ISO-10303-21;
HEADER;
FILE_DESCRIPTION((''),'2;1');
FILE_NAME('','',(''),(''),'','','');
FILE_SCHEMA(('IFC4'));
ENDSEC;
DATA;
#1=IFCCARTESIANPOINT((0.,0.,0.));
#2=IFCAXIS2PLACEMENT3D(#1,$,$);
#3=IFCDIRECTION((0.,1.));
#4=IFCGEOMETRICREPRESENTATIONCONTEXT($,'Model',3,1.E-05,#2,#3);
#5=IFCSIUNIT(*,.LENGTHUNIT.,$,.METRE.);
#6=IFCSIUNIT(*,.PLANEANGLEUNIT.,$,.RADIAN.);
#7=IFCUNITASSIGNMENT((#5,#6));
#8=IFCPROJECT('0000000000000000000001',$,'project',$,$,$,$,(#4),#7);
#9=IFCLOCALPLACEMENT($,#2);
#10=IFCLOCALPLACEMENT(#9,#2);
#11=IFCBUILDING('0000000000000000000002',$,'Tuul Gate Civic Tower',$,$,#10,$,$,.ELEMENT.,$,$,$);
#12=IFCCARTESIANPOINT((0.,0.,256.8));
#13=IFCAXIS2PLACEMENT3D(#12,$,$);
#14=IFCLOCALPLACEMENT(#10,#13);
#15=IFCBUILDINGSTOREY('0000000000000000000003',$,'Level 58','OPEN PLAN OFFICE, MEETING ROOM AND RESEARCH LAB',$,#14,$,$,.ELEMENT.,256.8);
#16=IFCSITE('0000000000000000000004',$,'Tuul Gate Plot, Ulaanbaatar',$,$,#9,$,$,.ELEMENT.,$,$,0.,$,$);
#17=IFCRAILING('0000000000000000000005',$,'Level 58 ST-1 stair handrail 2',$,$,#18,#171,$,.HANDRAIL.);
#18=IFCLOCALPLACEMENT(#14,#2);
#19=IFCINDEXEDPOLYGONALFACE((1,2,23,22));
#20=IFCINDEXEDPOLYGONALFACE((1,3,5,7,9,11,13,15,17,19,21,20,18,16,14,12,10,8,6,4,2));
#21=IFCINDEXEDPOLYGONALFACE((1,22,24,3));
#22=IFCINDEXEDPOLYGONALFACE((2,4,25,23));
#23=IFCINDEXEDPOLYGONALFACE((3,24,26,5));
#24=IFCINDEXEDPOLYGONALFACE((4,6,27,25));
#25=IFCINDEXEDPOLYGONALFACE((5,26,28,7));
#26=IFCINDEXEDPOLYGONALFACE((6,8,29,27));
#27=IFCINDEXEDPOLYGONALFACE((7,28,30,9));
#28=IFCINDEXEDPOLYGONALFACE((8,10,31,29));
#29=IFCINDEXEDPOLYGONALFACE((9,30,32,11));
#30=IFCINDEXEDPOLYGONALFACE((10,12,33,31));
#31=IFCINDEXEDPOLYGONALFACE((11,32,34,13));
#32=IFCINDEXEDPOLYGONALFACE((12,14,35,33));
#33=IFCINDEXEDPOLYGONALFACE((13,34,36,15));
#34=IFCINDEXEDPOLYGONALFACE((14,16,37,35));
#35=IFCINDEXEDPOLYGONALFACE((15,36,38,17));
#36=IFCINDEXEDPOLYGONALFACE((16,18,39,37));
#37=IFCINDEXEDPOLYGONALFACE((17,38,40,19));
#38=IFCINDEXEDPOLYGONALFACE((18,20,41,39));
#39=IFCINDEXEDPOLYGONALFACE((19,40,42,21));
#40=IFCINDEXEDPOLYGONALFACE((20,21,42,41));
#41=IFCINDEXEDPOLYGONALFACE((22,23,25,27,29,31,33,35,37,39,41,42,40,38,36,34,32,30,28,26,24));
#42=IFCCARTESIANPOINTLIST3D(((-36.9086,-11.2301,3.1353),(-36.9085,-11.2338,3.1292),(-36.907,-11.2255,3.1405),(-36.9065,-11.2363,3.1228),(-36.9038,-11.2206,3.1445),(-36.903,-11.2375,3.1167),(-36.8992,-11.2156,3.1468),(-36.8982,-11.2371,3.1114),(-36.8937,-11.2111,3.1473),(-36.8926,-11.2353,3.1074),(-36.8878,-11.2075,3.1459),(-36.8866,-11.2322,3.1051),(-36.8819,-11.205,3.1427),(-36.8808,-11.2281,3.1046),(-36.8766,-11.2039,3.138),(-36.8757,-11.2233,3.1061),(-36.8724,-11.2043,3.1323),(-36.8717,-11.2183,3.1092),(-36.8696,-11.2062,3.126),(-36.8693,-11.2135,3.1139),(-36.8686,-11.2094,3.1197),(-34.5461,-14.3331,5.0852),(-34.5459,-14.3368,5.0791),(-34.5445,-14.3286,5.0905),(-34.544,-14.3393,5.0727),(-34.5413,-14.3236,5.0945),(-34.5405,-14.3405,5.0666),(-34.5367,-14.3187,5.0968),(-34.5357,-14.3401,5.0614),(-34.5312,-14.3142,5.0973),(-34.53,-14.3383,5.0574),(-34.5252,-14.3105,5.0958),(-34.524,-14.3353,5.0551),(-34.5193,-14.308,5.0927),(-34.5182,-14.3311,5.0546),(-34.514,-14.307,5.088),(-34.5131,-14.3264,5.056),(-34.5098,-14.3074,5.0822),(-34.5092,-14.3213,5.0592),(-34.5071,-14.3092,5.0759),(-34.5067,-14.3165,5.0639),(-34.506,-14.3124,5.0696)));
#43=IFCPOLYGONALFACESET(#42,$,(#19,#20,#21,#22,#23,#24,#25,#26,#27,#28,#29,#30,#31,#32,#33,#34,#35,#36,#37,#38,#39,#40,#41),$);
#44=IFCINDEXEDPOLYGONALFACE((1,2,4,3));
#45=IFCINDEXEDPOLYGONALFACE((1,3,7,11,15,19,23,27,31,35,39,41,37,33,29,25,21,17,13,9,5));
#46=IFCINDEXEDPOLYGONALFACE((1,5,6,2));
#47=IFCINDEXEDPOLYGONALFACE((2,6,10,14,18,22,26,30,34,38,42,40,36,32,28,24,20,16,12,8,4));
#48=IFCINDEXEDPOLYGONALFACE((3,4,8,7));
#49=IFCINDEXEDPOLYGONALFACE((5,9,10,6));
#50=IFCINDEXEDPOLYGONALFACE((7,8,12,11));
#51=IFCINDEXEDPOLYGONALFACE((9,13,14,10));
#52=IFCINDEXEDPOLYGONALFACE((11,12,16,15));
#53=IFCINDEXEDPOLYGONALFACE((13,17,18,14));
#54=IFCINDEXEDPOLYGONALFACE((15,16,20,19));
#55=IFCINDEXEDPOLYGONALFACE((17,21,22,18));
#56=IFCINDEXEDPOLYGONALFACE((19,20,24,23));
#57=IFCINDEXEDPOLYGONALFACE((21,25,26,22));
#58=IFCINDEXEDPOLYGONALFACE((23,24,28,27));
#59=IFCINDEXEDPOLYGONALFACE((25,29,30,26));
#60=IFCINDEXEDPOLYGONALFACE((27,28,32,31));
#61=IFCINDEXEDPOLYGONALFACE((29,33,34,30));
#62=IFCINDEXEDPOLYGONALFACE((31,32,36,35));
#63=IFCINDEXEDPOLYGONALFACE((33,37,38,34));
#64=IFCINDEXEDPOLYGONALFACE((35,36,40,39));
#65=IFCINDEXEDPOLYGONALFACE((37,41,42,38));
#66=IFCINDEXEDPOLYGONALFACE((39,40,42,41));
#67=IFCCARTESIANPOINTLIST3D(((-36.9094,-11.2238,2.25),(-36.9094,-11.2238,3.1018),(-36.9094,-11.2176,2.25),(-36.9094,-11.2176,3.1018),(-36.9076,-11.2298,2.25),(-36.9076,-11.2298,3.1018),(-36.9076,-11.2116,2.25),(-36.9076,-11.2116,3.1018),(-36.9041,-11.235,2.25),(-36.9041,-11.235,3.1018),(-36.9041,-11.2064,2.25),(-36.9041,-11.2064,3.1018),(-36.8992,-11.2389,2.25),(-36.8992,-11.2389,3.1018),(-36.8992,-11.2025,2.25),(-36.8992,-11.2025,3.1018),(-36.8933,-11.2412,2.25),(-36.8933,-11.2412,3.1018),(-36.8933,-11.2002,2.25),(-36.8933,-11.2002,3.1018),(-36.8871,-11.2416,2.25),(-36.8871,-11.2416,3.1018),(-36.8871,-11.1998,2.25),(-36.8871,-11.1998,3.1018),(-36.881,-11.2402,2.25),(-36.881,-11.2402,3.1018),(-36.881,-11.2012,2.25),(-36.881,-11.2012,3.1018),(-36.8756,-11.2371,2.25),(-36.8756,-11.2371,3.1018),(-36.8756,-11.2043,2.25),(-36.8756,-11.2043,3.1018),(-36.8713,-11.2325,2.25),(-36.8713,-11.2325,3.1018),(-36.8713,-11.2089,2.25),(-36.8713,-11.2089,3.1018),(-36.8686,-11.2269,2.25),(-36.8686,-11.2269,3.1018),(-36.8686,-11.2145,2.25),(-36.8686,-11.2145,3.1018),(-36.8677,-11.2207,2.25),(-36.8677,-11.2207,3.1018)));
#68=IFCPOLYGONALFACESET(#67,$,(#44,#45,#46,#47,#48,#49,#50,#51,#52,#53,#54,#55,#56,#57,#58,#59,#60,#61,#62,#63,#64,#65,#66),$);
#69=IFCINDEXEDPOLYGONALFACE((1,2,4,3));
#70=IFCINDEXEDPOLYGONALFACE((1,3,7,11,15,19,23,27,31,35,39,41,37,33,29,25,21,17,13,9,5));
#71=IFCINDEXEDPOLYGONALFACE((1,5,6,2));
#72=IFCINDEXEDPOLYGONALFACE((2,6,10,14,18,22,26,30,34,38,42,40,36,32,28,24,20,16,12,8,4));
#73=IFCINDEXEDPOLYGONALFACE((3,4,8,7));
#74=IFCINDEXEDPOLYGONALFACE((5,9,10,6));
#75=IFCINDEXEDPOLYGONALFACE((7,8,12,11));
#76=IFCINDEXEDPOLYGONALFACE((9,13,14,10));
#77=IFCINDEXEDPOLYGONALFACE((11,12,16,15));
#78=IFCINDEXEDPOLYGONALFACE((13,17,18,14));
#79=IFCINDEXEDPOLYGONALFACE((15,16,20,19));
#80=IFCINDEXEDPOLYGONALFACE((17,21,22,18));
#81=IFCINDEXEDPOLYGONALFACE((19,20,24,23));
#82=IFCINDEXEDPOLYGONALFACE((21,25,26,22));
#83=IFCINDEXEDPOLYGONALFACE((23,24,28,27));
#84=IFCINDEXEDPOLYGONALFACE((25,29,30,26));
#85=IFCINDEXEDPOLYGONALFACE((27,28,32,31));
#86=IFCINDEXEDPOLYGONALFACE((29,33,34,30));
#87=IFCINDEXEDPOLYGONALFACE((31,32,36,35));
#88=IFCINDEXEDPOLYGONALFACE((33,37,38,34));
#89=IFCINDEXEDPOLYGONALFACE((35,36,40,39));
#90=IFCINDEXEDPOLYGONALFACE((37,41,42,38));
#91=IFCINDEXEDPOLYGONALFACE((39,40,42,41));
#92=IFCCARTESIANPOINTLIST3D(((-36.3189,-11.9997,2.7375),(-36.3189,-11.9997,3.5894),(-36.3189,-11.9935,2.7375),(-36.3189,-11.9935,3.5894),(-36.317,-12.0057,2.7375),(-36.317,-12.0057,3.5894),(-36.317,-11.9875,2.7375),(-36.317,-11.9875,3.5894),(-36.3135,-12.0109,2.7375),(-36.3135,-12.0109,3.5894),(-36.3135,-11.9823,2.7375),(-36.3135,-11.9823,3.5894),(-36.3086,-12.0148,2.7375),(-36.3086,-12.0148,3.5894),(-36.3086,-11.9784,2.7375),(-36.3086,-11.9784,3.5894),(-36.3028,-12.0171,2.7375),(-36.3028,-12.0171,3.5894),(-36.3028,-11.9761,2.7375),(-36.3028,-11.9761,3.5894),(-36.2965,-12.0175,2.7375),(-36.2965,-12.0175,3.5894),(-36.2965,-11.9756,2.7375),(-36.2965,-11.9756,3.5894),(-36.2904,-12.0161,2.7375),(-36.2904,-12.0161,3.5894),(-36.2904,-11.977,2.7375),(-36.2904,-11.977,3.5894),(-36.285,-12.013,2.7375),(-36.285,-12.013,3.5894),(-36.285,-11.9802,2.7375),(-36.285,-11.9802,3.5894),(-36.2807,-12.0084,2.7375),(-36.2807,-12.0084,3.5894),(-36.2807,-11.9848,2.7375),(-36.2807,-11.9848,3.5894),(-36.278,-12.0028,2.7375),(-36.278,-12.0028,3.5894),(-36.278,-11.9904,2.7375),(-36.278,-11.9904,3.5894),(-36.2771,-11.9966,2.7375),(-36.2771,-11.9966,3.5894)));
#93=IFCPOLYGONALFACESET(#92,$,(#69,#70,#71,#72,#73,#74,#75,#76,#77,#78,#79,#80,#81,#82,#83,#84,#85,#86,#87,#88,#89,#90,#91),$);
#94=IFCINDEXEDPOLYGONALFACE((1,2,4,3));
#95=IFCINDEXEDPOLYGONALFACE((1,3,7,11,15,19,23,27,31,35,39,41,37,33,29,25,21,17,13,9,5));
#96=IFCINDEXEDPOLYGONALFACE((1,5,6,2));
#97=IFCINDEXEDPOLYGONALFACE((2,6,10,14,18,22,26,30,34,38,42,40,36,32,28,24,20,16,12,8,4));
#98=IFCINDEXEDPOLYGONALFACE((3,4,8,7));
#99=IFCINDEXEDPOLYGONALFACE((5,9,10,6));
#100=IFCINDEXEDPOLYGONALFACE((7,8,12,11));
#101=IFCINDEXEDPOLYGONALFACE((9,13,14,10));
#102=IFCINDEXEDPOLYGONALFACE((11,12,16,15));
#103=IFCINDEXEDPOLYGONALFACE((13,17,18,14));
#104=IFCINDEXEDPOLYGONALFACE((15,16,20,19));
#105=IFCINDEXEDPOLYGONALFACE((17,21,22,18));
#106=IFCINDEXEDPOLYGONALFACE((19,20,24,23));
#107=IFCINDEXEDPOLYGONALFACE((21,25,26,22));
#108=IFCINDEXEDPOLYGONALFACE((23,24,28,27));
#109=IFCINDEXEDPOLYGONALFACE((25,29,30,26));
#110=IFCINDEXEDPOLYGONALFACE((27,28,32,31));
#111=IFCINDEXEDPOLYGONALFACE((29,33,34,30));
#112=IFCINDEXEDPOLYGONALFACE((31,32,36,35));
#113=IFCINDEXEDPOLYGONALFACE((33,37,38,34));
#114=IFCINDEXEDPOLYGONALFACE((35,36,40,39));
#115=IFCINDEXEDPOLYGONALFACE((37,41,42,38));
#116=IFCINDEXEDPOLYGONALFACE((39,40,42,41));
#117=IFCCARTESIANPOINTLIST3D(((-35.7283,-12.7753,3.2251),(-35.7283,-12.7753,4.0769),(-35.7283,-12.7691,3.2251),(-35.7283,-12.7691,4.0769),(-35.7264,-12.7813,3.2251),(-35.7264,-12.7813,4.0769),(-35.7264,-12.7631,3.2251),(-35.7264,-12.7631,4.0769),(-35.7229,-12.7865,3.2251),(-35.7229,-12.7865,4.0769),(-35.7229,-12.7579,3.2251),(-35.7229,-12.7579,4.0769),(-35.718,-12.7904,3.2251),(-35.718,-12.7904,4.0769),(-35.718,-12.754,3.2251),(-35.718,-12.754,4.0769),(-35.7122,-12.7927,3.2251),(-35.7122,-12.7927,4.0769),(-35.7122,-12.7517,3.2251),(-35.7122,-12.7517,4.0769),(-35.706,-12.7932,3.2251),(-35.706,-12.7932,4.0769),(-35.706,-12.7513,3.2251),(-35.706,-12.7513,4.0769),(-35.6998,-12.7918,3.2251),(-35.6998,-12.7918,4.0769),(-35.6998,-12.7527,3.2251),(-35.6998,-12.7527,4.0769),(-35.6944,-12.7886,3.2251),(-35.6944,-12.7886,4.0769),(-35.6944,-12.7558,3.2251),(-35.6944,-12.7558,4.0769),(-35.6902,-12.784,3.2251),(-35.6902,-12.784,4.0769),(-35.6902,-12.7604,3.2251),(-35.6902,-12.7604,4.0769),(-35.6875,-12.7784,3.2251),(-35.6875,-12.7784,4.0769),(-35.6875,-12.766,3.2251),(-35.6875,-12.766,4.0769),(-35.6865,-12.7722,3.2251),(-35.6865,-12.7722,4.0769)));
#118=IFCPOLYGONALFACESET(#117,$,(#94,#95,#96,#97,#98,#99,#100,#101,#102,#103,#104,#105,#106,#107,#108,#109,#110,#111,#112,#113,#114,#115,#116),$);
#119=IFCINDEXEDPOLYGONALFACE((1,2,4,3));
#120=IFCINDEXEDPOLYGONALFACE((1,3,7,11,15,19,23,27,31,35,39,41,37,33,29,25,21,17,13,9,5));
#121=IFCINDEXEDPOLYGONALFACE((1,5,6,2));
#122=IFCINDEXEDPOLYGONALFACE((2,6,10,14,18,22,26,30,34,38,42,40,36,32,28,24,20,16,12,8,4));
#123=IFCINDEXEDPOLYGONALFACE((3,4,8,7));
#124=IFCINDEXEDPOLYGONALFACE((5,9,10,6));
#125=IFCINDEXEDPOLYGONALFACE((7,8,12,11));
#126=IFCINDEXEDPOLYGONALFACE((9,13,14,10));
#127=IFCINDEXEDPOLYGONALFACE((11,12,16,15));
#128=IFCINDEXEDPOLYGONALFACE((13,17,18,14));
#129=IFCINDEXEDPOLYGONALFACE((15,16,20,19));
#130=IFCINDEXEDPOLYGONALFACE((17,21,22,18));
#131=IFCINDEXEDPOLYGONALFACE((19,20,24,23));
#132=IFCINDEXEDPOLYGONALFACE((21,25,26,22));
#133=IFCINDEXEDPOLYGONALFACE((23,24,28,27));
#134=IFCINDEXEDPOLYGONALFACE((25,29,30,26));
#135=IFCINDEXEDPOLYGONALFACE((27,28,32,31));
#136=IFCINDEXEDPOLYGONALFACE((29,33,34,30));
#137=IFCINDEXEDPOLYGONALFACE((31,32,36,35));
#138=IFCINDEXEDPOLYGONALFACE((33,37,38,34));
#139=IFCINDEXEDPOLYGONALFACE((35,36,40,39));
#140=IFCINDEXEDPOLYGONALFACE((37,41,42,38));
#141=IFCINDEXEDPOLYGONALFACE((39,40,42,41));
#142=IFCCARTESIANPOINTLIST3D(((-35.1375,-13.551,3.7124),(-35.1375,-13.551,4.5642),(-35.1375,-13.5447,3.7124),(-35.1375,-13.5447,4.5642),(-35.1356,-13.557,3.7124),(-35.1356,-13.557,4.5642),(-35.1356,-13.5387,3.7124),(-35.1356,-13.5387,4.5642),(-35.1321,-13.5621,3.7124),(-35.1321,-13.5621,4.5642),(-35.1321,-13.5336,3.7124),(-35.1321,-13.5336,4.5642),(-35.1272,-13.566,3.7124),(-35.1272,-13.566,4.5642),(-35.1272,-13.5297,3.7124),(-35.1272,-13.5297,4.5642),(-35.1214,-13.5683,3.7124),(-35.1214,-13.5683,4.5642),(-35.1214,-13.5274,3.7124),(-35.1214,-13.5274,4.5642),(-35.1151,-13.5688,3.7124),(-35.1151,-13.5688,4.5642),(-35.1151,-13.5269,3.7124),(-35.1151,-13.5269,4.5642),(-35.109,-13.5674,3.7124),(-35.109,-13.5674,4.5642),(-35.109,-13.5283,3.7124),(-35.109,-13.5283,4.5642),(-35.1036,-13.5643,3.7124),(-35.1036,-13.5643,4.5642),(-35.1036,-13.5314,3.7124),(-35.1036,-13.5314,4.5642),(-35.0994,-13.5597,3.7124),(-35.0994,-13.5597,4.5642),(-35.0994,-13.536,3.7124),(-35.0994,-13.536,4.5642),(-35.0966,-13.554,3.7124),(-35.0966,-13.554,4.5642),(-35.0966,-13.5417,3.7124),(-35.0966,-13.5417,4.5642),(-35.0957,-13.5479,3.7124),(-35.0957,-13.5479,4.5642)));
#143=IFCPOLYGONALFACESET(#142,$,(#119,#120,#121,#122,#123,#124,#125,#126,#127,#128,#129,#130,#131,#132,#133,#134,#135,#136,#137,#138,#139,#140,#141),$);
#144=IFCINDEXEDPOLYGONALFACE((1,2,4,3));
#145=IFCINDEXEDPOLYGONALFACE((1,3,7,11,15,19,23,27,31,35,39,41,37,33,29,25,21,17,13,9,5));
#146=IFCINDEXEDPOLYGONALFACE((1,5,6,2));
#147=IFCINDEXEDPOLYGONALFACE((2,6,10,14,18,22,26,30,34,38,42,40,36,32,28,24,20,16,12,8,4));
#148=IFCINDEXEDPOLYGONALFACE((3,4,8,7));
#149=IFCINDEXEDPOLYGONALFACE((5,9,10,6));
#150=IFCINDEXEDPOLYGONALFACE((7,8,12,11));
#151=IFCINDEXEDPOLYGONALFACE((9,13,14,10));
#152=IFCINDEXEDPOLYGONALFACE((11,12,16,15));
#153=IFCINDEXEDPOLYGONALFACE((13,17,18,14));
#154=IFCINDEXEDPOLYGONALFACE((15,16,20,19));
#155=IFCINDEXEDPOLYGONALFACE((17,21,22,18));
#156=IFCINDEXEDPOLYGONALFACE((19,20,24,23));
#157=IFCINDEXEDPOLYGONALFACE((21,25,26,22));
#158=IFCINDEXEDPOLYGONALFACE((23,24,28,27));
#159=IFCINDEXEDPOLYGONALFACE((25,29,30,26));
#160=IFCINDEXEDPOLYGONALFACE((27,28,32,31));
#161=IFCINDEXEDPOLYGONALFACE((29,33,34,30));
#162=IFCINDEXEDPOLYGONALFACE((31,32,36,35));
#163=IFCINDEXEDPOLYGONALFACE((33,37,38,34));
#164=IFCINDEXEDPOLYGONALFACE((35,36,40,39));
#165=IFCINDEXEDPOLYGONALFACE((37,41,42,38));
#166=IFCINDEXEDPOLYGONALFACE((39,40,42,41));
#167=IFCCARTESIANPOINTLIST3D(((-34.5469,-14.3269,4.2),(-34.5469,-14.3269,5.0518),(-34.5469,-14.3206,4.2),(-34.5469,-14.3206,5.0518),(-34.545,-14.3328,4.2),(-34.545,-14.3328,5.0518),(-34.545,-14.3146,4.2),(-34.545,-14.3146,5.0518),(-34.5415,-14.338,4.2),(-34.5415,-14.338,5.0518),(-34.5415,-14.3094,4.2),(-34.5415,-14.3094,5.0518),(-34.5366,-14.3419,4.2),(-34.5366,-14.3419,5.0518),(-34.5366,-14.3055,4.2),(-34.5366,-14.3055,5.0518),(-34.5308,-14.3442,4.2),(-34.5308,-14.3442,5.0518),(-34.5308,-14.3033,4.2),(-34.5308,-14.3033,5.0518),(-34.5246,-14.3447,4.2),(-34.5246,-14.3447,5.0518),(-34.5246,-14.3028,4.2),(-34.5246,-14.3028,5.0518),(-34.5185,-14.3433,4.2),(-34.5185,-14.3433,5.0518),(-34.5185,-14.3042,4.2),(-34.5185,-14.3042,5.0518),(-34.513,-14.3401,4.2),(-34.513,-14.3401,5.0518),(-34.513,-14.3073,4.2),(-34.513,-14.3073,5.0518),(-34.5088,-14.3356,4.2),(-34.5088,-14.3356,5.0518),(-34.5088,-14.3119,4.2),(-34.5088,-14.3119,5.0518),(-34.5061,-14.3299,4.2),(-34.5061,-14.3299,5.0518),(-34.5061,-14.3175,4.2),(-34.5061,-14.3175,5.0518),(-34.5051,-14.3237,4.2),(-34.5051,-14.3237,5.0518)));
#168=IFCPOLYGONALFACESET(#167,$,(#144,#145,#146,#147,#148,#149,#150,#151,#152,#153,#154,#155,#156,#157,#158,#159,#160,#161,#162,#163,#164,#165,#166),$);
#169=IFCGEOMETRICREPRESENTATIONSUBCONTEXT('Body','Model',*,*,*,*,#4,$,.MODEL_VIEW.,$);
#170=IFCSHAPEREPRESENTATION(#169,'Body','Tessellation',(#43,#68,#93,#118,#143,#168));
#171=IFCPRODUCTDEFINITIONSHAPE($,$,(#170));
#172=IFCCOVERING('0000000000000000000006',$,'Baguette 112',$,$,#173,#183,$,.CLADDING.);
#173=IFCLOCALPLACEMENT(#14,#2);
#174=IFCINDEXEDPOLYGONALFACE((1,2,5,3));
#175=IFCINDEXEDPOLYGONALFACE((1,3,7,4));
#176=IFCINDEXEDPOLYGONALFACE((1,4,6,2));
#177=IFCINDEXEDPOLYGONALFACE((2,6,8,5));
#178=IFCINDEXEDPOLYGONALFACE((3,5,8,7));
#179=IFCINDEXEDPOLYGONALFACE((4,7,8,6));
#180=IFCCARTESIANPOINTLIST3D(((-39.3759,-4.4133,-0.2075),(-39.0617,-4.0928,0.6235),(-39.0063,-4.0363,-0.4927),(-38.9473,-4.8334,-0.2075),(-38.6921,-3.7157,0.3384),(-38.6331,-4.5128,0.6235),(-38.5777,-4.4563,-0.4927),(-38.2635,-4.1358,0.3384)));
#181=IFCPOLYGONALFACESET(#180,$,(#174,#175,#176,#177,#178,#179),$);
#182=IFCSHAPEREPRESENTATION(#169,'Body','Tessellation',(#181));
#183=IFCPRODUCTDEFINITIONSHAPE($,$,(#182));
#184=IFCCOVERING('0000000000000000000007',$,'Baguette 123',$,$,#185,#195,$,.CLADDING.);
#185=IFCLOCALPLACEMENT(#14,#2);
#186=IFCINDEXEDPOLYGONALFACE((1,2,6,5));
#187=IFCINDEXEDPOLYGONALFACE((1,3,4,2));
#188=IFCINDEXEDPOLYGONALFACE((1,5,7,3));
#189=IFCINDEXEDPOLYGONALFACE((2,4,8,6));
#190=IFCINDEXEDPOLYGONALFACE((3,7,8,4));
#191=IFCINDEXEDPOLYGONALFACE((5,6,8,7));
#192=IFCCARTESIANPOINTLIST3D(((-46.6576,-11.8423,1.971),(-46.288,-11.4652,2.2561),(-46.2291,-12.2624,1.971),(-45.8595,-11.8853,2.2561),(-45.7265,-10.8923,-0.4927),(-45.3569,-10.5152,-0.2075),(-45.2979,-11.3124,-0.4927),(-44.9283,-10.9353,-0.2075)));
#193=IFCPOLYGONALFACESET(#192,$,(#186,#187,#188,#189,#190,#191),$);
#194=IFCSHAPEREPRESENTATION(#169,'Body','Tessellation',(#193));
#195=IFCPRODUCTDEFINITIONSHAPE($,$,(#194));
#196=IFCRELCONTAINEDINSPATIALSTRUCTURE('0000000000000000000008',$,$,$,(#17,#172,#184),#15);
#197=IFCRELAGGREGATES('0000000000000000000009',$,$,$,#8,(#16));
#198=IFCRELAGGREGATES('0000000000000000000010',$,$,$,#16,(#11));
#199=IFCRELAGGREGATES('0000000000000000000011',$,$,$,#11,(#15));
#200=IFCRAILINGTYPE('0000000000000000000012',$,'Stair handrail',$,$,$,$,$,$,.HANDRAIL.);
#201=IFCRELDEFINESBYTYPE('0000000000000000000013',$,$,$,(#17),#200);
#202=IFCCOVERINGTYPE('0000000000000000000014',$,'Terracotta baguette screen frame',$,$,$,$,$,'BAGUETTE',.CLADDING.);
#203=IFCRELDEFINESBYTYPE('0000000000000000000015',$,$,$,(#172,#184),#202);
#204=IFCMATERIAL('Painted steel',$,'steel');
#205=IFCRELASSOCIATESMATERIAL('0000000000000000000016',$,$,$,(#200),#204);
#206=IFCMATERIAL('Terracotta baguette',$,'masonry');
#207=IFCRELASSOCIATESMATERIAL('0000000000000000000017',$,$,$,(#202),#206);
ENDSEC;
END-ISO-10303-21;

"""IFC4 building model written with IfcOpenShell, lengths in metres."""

from ifc_helpers import new_model, si_unit, direction, frame, origin, origin_2d, place, context, subcontext, project, spatial, rectangle, circle, extrude, material, material_profile, profile_set, type_object, element, save


model = new_model("IFC4")

# Units and contexts
model_context = context("Model", 3, precision=1e-05, world=origin(), true_north=direction((0.0, 1.0)))
body_context = subcontext(model_context, "Body", "Model", "MODEL_VIEW")
ifc_project = project(units=[si_unit("LENGTHUNIT", "METRE"), si_unit("PLANEANGLEUNIT", "RADIAN")], contexts=[model_context])

# Site, building, storey
site_placement = place(None, origin())
site = spatial("IfcSite", under=ifc_project, at=site_placement, Name="Tuul Gate Plot, Ulaanbaatar", CompositionType="ELEMENT", RefElevation=0.0)
building_placement = place(site_placement, origin())
building = spatial("IfcBuilding", under=site, at=building_placement, Name="Tuul Gate Civic Tower", CompositionType="ELEMENT")
storey_placement = place(building_placement, frame((0.0, 0.0, 256.8)))
storey = spatial("IfcBuildingStorey", under=building, at=storey_placement, Name="Level 58", Description="OPEN PLAN OFFICE, MEETING ROOM AND RESEARCH LAB", CompositionType="ELEMENT", Elevation=256.8)

# Railing
ifc_material_1 = material(Name="Painted steel", Category="steel")
railing_type = type_object("IfcRailingType", Name="Stair handrail", PredefinedType="HANDRAIL", material=ifc_material_1)
railing_1_placement = place(storey_placement, frame((-36.8887, -11.2207, 2.25)))
element("IfcRailing", 1, at=railing_1_placement, inside=storey, type_object=railing_type, Name="Level 58 ST-1 stair handrail 2", PredefinedType="HANDRAIL", context=body_context, shape_type="SweptSolid", body=[
    extrude(circle(Radius=0.0239, at=origin_2d()), frame((0.0, 0.0, 0.876), z_axis=(0.541824, -0.711645, 0.4472), x_axis=(0.795637, 0.605773, 0.0)), (0.0, 0.0, 1.0), 4.3604),
    extrude(circle(Radius=0.021, at=origin_2d()), origin(), (0.0, 0.0, 1.0), 0.8518),
    extrude(circle(Radius=0.021, at=origin_2d()), frame((0.5906, -0.7759, 0.4875)), (0.0, 0.0, 1.0), 0.8518),
    extrude(circle(Radius=0.021, at=origin_2d()), frame((1.1812, -1.5515, 0.9751)), (0.0, 0.0, 1.0), 0.8518),
    extrude(circle(Radius=0.021, at=origin_2d()), frame((1.772, -2.3271, 1.4624)), (0.0, 0.0, 1.0), 0.8518),
    extrude(circle(Radius=0.021, at=origin_2d()), frame((2.3625, -3.103, 1.95)), (0.0, 0.0, 1.0), 0.8518),
])

# Coverings
ifc_material_2 = material(Name="Terracotta baguette", Category="masonry")
ifc_material_profile_1 = material_profile(ifc_material_2, rectangle(XDim=0.6001, YDim=0.6001, at=origin_2d()), Name="Terracotta baguette screen frame")
ifc_profile_set_1 = profile_set([ifc_material_profile_1], Name="Terracotta baguette")
covering_type = type_object("IfcCoveringType", Name="Terracotta baguette screen frame", ElementType="BAGUETTE", PredefinedType="CLADDING", material=ifc_profile_set_1)
covering_1_placement = place(storey_placement, frame((-38.6626, -4.1143, 0.481), z_axis=(-0.332662, -0.339382, -0.879861), x_axis=(0.714142, -0.700001, 0.0)))
element("IfcCovering", 2, at=covering_1_placement, inside=storey, type_object=covering_type, Name="Baguette 112", PredefinedType="CLADDING", context=body_context, shape_type="SweptSolid", body=[
    extrude(rectangle(XDim=0.6001, YDim=0.6001, at=origin_2d()), origin(), (0.0, 0.0, 1.0), 0.9446),
])
covering_2_placement = place(storey_placement, frame((-45.3274, -10.9138, -0.3501), z_axis=(-0.332578, -0.339292, 0.879928), x_axis=(0.714138, -0.700005, 0.0)))
element("IfcCovering", 3, at=covering_2_placement, inside=storey, type_object=covering_type, Name="Baguette 123", PredefinedType="CLADDING", context=body_context, shape_type="SweptSolid", body=[
    extrude(rectangle(XDim=0.6001, YDim=0.6001, at=origin_2d()), origin(), (0.0, 0.0, 1.0), 2.7998),
])

save(model, "model.ifc")
